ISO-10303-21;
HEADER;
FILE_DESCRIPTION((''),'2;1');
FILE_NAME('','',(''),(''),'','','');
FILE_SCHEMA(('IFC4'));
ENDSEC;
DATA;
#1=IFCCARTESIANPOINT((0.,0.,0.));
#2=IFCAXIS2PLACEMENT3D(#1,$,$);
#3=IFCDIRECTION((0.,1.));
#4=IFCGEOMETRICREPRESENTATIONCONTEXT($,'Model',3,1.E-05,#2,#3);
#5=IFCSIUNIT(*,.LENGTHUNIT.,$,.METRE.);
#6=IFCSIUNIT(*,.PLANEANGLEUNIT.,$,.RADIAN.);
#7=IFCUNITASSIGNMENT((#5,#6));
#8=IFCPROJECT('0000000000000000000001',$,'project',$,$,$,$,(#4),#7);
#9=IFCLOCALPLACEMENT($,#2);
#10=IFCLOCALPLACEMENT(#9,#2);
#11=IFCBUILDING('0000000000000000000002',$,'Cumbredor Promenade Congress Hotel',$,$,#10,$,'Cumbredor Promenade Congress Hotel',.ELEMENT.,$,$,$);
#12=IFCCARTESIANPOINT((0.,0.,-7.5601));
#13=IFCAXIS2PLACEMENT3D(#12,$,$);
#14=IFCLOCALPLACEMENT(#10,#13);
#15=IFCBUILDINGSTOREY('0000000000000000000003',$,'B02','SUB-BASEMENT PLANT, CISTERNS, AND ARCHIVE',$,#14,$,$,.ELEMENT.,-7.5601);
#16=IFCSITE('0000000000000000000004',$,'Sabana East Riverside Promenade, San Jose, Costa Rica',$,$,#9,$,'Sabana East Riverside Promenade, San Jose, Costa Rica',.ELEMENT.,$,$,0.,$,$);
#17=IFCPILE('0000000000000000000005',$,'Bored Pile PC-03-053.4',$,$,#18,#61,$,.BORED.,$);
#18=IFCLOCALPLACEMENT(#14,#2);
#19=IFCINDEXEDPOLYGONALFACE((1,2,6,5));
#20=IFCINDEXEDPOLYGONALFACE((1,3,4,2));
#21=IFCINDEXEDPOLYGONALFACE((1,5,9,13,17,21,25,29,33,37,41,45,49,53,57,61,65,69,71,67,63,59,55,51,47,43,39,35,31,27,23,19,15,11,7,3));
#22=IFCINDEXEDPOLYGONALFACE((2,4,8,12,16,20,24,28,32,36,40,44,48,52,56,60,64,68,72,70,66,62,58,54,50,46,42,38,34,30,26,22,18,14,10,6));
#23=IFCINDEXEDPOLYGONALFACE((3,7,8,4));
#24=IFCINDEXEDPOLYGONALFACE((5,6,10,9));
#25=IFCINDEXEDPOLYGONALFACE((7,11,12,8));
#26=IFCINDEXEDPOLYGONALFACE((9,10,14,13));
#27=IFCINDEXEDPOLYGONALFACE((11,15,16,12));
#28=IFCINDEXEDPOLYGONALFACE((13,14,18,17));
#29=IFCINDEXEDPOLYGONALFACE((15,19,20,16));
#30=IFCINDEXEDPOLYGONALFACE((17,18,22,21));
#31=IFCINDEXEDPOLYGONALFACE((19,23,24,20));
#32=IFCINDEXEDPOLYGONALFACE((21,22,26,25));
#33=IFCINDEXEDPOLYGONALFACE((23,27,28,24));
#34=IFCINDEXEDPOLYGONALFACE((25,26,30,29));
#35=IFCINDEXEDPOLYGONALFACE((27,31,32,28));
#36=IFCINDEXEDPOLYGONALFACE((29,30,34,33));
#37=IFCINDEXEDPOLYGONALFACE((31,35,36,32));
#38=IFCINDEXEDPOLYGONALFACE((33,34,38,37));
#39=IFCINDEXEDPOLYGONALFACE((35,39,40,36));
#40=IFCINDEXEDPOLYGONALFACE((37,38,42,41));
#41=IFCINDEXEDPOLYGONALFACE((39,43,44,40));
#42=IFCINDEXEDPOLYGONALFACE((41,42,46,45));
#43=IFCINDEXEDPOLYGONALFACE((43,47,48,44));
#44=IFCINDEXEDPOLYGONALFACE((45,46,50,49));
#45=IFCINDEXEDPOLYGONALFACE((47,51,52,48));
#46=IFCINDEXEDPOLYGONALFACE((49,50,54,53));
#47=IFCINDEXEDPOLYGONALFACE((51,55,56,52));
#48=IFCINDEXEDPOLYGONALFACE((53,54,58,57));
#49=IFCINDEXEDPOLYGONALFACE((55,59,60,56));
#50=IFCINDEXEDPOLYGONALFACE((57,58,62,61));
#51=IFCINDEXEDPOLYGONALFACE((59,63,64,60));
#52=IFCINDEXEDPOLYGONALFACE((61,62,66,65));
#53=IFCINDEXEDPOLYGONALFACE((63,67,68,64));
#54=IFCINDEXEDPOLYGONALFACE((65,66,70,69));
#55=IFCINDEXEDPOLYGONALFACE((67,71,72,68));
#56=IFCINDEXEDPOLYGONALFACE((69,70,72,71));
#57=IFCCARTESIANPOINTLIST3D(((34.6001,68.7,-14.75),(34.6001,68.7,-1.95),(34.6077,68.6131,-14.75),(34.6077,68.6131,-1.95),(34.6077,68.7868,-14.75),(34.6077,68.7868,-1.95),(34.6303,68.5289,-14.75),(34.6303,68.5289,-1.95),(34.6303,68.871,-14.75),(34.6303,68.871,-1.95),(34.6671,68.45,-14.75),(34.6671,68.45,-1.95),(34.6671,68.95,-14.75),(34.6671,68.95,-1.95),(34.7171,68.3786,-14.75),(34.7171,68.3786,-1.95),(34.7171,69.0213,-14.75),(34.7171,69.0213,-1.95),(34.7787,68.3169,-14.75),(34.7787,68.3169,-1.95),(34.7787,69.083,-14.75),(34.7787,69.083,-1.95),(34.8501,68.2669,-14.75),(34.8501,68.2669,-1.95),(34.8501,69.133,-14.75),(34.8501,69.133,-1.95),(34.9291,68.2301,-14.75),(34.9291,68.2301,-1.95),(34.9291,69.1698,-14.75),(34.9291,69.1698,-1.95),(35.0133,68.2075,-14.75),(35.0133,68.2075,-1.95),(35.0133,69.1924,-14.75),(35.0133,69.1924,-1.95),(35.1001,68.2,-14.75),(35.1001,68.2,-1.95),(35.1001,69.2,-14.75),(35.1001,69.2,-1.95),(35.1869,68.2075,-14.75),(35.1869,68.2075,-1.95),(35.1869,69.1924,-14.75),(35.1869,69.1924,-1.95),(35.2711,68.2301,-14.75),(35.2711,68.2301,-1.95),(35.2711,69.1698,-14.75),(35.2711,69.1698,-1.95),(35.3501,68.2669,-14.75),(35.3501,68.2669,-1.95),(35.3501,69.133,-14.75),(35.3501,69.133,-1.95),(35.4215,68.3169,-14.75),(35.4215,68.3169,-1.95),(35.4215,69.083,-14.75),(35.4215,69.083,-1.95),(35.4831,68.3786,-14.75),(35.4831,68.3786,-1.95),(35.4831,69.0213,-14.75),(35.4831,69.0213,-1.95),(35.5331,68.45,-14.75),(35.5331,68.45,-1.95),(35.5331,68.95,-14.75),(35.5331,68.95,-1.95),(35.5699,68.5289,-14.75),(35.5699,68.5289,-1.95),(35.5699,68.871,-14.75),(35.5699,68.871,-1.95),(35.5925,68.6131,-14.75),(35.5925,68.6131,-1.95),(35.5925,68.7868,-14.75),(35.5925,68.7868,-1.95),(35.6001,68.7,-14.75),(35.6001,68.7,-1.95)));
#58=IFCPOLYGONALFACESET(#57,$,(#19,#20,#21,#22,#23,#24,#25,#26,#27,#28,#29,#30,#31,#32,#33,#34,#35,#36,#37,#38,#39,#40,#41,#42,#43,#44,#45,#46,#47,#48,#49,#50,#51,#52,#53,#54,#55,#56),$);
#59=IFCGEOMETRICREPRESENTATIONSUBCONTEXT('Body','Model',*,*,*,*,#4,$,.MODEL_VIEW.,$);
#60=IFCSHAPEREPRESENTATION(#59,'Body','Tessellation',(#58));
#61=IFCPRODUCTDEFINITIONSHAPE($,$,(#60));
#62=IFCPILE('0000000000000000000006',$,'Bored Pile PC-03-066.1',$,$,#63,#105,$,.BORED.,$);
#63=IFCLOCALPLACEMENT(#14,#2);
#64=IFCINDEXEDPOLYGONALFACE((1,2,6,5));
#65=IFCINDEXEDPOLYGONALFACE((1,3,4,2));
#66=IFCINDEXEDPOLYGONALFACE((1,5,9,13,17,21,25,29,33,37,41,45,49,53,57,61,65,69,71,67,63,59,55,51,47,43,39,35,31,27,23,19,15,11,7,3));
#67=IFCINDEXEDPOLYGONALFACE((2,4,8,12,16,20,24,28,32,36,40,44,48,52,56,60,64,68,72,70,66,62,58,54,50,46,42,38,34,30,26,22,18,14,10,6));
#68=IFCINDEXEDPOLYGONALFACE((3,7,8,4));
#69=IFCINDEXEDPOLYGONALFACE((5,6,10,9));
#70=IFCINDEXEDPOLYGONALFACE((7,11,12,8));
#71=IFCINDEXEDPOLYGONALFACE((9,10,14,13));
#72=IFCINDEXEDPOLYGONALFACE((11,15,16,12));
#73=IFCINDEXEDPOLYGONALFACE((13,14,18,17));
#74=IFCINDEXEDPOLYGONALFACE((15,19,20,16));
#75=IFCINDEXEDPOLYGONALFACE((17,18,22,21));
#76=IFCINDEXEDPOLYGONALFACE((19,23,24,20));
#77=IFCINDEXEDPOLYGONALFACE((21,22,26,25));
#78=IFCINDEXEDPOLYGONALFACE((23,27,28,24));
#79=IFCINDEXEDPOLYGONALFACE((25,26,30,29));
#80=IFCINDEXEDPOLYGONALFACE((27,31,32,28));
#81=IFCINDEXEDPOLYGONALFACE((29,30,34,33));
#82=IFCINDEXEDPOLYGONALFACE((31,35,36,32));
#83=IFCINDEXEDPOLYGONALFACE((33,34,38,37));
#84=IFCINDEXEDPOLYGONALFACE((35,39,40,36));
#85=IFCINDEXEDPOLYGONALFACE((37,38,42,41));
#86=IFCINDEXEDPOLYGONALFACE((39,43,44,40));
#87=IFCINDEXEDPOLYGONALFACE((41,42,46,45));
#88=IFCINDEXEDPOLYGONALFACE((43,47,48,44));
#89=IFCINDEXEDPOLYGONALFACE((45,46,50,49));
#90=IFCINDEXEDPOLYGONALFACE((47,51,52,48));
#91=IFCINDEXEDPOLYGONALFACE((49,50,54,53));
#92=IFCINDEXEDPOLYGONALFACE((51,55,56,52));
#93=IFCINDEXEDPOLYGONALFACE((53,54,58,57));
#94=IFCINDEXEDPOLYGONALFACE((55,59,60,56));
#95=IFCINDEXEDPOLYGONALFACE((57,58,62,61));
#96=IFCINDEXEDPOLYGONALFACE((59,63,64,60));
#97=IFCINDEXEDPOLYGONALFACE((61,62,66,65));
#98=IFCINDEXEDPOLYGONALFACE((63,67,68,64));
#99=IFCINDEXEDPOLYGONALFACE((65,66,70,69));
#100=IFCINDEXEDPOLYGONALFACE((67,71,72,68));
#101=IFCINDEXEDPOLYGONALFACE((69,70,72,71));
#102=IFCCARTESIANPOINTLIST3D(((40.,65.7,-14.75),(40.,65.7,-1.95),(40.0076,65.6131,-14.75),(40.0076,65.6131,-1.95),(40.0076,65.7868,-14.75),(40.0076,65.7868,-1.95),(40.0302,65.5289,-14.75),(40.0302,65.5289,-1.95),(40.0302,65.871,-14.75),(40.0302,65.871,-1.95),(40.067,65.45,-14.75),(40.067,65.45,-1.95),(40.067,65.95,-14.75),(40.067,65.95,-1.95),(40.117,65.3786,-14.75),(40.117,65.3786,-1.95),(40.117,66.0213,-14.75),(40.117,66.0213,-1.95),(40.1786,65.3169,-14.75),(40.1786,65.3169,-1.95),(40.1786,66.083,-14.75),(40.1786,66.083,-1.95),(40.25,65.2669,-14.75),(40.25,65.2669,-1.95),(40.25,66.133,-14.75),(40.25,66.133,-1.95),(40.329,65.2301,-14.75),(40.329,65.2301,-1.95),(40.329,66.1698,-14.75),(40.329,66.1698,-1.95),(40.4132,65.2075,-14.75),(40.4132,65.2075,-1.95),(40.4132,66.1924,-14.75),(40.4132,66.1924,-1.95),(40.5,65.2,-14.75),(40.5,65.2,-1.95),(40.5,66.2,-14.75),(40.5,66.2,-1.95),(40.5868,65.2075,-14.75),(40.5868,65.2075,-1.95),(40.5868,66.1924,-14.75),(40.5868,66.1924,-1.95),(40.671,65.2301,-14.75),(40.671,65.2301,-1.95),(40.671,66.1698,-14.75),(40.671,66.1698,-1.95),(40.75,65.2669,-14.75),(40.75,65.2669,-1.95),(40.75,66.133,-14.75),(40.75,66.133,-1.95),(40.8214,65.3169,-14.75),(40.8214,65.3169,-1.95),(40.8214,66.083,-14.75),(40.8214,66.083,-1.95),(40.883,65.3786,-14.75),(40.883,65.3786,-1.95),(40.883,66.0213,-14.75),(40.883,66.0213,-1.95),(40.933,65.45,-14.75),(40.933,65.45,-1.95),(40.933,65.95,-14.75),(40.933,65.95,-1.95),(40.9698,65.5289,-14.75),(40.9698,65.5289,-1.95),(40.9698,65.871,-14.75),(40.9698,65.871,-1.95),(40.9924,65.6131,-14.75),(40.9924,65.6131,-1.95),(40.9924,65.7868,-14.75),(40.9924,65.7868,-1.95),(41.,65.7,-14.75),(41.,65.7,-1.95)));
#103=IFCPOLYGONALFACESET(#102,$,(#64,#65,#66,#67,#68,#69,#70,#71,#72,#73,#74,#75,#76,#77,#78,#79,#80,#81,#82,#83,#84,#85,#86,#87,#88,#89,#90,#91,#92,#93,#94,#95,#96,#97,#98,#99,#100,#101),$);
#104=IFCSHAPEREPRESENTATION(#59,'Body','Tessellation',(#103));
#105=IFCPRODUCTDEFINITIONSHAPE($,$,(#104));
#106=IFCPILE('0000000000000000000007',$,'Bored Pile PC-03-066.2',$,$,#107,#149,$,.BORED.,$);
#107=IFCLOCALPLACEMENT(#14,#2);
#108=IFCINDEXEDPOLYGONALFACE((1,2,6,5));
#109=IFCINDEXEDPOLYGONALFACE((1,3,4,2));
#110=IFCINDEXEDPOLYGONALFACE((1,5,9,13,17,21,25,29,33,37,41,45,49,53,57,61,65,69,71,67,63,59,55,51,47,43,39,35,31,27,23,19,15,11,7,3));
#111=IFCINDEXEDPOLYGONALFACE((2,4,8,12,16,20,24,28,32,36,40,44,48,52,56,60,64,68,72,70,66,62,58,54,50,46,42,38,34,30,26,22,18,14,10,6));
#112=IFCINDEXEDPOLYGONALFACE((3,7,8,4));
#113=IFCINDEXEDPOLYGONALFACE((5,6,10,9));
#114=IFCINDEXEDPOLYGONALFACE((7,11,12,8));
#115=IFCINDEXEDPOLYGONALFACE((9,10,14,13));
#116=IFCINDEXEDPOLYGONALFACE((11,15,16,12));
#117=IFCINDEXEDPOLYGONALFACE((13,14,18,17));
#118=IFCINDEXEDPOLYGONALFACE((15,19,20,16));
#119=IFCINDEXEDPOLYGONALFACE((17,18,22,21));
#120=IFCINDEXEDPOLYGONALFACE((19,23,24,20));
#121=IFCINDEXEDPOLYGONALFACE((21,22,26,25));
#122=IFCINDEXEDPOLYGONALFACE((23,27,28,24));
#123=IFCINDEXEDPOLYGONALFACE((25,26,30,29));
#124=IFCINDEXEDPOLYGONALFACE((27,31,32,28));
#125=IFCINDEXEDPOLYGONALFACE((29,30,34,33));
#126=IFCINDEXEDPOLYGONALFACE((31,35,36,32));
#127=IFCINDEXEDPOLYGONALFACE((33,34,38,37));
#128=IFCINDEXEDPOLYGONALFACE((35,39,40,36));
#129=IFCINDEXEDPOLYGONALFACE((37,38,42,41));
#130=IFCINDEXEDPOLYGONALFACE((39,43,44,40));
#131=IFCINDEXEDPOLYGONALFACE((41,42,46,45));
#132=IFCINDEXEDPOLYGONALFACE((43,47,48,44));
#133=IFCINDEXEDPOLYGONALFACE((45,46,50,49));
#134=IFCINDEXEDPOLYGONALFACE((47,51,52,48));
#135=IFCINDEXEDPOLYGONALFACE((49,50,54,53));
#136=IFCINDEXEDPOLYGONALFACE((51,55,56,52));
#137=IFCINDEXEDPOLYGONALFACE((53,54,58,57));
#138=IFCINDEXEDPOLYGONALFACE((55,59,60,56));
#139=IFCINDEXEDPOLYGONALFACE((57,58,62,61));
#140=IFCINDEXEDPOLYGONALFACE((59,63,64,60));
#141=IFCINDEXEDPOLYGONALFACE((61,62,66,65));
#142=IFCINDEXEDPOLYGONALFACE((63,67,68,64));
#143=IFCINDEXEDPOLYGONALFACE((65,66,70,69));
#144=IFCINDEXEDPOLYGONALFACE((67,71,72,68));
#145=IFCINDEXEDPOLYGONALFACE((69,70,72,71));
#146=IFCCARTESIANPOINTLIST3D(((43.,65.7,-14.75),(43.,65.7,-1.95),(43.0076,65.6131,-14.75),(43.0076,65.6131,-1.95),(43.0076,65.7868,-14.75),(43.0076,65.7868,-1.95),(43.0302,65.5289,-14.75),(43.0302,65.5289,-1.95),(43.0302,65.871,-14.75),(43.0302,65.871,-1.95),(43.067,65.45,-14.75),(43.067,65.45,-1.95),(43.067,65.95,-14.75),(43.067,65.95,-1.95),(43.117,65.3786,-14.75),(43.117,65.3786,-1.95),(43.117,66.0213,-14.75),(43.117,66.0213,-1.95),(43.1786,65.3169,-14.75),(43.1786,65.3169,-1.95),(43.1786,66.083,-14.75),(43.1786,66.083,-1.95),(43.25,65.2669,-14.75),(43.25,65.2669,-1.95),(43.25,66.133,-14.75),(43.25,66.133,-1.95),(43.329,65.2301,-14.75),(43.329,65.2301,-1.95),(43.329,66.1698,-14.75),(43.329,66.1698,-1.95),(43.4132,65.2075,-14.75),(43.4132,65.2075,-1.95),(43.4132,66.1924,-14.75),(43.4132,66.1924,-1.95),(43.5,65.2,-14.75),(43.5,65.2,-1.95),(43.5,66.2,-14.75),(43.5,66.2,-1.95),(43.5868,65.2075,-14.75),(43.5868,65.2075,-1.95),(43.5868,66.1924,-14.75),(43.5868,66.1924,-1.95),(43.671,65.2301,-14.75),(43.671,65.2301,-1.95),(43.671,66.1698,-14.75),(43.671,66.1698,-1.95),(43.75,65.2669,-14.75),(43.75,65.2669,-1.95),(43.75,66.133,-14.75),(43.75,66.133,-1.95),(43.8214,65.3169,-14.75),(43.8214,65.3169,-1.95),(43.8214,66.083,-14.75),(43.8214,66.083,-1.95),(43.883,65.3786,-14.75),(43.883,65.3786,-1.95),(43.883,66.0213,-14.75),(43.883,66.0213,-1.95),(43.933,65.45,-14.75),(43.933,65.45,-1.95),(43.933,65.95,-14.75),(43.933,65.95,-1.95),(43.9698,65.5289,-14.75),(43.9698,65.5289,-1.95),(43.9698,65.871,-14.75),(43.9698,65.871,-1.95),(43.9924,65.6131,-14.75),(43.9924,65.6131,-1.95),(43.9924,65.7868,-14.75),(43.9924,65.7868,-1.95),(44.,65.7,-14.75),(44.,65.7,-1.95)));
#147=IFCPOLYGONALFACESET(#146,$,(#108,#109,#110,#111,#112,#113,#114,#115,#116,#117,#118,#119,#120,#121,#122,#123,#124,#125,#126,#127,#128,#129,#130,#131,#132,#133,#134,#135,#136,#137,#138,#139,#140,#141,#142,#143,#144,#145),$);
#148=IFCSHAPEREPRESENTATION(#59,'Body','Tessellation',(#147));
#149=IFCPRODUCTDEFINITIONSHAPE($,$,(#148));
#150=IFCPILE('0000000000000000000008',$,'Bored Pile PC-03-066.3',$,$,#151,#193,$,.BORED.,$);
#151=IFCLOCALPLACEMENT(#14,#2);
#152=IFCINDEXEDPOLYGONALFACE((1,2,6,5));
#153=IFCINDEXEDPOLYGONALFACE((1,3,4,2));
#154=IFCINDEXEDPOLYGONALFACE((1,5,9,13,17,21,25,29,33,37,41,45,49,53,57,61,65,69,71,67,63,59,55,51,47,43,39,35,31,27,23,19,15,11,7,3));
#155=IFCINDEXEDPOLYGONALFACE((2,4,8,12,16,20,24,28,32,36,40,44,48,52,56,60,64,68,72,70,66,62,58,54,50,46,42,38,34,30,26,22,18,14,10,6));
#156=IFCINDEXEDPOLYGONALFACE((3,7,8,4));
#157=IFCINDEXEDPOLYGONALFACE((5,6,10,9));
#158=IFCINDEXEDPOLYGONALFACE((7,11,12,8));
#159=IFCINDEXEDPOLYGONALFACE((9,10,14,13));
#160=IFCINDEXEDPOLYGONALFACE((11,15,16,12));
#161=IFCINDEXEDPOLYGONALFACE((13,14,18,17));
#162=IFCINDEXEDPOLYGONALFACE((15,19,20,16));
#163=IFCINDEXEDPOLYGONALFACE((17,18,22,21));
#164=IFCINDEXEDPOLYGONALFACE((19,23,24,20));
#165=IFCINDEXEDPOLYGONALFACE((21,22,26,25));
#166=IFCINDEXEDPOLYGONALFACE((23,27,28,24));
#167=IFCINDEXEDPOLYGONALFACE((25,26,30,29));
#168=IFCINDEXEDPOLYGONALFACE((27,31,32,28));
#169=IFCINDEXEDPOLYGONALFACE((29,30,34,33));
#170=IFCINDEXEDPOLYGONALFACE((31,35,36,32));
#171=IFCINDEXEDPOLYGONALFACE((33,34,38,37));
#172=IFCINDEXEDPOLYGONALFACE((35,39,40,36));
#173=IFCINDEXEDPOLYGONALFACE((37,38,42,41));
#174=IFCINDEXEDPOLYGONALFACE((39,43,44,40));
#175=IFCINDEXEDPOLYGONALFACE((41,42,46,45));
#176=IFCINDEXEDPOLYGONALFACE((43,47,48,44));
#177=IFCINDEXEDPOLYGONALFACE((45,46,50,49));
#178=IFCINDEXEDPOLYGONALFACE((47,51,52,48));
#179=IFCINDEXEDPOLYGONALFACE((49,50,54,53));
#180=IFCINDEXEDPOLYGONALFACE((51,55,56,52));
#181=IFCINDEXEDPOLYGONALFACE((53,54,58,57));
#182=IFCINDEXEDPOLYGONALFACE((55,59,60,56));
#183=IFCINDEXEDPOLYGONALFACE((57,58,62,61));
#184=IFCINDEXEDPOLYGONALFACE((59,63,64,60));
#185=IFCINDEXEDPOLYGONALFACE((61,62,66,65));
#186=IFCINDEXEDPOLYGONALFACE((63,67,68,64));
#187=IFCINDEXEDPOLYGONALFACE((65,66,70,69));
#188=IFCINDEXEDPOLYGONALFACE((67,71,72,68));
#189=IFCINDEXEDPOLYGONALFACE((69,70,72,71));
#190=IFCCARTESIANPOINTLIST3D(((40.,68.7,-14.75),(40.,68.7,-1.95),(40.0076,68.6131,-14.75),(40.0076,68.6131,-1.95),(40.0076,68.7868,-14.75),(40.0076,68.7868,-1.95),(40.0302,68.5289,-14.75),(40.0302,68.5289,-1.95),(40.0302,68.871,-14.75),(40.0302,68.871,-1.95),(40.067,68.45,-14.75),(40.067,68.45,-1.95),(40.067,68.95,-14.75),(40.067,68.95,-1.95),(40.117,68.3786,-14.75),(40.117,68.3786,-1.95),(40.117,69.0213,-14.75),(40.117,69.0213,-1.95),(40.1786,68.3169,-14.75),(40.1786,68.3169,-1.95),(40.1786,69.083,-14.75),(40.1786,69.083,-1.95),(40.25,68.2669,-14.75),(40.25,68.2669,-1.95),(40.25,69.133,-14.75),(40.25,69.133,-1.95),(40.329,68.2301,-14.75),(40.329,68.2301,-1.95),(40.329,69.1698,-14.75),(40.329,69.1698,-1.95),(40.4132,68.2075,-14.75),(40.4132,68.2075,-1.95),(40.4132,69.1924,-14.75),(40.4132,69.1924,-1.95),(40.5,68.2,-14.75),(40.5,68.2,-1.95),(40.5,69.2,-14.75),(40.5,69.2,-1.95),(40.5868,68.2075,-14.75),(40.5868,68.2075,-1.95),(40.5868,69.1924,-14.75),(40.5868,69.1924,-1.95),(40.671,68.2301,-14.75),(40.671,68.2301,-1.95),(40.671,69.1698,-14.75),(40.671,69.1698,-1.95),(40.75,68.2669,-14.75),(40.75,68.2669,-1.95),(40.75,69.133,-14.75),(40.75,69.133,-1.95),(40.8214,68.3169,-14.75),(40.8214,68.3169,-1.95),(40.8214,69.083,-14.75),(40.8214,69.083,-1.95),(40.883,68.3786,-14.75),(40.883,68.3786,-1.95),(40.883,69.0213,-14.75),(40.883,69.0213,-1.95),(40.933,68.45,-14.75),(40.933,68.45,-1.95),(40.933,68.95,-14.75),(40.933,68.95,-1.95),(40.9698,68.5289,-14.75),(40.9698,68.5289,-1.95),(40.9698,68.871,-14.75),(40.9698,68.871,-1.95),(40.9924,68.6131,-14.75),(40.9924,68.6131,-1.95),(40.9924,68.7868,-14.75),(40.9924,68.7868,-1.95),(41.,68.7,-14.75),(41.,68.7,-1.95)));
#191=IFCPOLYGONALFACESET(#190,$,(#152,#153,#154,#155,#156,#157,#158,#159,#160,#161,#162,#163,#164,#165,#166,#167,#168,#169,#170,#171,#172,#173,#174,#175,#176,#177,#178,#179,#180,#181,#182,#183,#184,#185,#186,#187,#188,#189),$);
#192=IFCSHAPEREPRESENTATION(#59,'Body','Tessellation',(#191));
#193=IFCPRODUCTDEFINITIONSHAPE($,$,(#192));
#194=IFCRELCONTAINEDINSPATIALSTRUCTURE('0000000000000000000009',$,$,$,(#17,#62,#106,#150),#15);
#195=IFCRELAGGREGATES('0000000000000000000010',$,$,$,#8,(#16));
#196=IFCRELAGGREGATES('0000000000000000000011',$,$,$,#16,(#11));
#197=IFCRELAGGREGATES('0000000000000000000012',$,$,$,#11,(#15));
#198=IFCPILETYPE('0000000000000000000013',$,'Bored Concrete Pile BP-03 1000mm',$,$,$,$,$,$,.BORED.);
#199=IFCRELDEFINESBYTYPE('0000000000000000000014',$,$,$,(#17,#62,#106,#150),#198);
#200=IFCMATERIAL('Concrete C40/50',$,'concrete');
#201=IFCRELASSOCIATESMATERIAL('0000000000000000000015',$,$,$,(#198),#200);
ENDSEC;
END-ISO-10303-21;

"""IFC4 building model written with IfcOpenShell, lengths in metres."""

from ifc_helpers import new_model, si_unit, direction, frame, origin, origin_2d, place, context, subcontext, project, spatial, circle, extrude, material, material_profile, profile_set, type_object, element, save


model = new_model("IFC4")

# Units and contexts
model_context = context("Model", 3, precision=1e-05, world=origin(), true_north=direction((0.0, 1.0)))
body_context = subcontext(model_context, "Body", "Model", "MODEL_VIEW")
ifc_project = project(units=[si_unit("LENGTHUNIT", "METRE"), si_unit("PLANEANGLEUNIT", "RADIAN")], contexts=[model_context])

# Site, building, storey
site_placement = place(None, origin())
site = spatial("IfcSite", under=ifc_project, at=site_placement, Name="Sabana East Riverside Promenade, San Jose, Costa Rica", LongName="Sabana East Riverside Promenade, San Jose, Costa Rica", CompositionType="ELEMENT", RefElevation=0.0)
building_placement = place(site_placement, origin())
building = spatial("IfcBuilding", under=site, at=building_placement, Name="Cumbredor Promenade Congress Hotel", LongName="Cumbredor Promenade Congress Hotel", CompositionType="ELEMENT")
storey_placement = place(building_placement, frame((0.0, 0.0, -7.5601)))
storey = spatial("IfcBuildingStorey", under=building, at=storey_placement, Name="B02", Description="SUB-BASEMENT PLANT, CISTERNS, AND ARCHIVE", CompositionType="ELEMENT", Elevation=-7.5601)

# Piles
ifc_material_1 = material(Name="Concrete C40/50", Category="concrete")
ifc_material_profile_1 = material_profile(ifc_material_1, circle(Radius=0.5, at=origin_2d()), Name="PILE D1000")
ifc_profile_set_1 = profile_set([ifc_material_profile_1], Name="Concrete C40/50")
pile_type_1 = type_object("IfcPileType", Name="Bored Concrete Pile BP-03 1000mm", PredefinedType="BORED", material=ifc_profile_set_1)
for number, where, z_axis, x_axis, name in (
    (1, (35.1001, 68.7, -1.95), (0.0, 0.0, -1.0), (1.0, 0.0, 0.0), "Bored Pile PC-03-053.4"),
    (2, (40.5, 65.7, -1.95), (0.0, 0.0, -1.0), (1.0, 0.0, 0.0), "Bored Pile PC-03-066.1"),
    (3, (43.5, 65.7, -1.95), (0.0, 0.0, -1.0), (1.0, 0.0, 0.0), "Bored Pile PC-03-066.2"),
    (4, (40.5, 68.7, -1.95), (0.0, 0.0, -1.0), (1.0, 0.0, 0.0), "Bored Pile PC-03-066.3"),
):
    element("IfcPile", number, at=place(storey_placement, frame(where, z_axis=z_axis, x_axis=x_axis)), inside=storey, type_object=pile_type_1, Name=name, PredefinedType="BORED", context=body_context, shape_type="SweptSolid", body=[
        extrude(circle(Radius=0.5, at=origin_2d()), origin(), (0.0, 0.0, 1.0), 12.8),
    ])

save(model, "model.ifc")
